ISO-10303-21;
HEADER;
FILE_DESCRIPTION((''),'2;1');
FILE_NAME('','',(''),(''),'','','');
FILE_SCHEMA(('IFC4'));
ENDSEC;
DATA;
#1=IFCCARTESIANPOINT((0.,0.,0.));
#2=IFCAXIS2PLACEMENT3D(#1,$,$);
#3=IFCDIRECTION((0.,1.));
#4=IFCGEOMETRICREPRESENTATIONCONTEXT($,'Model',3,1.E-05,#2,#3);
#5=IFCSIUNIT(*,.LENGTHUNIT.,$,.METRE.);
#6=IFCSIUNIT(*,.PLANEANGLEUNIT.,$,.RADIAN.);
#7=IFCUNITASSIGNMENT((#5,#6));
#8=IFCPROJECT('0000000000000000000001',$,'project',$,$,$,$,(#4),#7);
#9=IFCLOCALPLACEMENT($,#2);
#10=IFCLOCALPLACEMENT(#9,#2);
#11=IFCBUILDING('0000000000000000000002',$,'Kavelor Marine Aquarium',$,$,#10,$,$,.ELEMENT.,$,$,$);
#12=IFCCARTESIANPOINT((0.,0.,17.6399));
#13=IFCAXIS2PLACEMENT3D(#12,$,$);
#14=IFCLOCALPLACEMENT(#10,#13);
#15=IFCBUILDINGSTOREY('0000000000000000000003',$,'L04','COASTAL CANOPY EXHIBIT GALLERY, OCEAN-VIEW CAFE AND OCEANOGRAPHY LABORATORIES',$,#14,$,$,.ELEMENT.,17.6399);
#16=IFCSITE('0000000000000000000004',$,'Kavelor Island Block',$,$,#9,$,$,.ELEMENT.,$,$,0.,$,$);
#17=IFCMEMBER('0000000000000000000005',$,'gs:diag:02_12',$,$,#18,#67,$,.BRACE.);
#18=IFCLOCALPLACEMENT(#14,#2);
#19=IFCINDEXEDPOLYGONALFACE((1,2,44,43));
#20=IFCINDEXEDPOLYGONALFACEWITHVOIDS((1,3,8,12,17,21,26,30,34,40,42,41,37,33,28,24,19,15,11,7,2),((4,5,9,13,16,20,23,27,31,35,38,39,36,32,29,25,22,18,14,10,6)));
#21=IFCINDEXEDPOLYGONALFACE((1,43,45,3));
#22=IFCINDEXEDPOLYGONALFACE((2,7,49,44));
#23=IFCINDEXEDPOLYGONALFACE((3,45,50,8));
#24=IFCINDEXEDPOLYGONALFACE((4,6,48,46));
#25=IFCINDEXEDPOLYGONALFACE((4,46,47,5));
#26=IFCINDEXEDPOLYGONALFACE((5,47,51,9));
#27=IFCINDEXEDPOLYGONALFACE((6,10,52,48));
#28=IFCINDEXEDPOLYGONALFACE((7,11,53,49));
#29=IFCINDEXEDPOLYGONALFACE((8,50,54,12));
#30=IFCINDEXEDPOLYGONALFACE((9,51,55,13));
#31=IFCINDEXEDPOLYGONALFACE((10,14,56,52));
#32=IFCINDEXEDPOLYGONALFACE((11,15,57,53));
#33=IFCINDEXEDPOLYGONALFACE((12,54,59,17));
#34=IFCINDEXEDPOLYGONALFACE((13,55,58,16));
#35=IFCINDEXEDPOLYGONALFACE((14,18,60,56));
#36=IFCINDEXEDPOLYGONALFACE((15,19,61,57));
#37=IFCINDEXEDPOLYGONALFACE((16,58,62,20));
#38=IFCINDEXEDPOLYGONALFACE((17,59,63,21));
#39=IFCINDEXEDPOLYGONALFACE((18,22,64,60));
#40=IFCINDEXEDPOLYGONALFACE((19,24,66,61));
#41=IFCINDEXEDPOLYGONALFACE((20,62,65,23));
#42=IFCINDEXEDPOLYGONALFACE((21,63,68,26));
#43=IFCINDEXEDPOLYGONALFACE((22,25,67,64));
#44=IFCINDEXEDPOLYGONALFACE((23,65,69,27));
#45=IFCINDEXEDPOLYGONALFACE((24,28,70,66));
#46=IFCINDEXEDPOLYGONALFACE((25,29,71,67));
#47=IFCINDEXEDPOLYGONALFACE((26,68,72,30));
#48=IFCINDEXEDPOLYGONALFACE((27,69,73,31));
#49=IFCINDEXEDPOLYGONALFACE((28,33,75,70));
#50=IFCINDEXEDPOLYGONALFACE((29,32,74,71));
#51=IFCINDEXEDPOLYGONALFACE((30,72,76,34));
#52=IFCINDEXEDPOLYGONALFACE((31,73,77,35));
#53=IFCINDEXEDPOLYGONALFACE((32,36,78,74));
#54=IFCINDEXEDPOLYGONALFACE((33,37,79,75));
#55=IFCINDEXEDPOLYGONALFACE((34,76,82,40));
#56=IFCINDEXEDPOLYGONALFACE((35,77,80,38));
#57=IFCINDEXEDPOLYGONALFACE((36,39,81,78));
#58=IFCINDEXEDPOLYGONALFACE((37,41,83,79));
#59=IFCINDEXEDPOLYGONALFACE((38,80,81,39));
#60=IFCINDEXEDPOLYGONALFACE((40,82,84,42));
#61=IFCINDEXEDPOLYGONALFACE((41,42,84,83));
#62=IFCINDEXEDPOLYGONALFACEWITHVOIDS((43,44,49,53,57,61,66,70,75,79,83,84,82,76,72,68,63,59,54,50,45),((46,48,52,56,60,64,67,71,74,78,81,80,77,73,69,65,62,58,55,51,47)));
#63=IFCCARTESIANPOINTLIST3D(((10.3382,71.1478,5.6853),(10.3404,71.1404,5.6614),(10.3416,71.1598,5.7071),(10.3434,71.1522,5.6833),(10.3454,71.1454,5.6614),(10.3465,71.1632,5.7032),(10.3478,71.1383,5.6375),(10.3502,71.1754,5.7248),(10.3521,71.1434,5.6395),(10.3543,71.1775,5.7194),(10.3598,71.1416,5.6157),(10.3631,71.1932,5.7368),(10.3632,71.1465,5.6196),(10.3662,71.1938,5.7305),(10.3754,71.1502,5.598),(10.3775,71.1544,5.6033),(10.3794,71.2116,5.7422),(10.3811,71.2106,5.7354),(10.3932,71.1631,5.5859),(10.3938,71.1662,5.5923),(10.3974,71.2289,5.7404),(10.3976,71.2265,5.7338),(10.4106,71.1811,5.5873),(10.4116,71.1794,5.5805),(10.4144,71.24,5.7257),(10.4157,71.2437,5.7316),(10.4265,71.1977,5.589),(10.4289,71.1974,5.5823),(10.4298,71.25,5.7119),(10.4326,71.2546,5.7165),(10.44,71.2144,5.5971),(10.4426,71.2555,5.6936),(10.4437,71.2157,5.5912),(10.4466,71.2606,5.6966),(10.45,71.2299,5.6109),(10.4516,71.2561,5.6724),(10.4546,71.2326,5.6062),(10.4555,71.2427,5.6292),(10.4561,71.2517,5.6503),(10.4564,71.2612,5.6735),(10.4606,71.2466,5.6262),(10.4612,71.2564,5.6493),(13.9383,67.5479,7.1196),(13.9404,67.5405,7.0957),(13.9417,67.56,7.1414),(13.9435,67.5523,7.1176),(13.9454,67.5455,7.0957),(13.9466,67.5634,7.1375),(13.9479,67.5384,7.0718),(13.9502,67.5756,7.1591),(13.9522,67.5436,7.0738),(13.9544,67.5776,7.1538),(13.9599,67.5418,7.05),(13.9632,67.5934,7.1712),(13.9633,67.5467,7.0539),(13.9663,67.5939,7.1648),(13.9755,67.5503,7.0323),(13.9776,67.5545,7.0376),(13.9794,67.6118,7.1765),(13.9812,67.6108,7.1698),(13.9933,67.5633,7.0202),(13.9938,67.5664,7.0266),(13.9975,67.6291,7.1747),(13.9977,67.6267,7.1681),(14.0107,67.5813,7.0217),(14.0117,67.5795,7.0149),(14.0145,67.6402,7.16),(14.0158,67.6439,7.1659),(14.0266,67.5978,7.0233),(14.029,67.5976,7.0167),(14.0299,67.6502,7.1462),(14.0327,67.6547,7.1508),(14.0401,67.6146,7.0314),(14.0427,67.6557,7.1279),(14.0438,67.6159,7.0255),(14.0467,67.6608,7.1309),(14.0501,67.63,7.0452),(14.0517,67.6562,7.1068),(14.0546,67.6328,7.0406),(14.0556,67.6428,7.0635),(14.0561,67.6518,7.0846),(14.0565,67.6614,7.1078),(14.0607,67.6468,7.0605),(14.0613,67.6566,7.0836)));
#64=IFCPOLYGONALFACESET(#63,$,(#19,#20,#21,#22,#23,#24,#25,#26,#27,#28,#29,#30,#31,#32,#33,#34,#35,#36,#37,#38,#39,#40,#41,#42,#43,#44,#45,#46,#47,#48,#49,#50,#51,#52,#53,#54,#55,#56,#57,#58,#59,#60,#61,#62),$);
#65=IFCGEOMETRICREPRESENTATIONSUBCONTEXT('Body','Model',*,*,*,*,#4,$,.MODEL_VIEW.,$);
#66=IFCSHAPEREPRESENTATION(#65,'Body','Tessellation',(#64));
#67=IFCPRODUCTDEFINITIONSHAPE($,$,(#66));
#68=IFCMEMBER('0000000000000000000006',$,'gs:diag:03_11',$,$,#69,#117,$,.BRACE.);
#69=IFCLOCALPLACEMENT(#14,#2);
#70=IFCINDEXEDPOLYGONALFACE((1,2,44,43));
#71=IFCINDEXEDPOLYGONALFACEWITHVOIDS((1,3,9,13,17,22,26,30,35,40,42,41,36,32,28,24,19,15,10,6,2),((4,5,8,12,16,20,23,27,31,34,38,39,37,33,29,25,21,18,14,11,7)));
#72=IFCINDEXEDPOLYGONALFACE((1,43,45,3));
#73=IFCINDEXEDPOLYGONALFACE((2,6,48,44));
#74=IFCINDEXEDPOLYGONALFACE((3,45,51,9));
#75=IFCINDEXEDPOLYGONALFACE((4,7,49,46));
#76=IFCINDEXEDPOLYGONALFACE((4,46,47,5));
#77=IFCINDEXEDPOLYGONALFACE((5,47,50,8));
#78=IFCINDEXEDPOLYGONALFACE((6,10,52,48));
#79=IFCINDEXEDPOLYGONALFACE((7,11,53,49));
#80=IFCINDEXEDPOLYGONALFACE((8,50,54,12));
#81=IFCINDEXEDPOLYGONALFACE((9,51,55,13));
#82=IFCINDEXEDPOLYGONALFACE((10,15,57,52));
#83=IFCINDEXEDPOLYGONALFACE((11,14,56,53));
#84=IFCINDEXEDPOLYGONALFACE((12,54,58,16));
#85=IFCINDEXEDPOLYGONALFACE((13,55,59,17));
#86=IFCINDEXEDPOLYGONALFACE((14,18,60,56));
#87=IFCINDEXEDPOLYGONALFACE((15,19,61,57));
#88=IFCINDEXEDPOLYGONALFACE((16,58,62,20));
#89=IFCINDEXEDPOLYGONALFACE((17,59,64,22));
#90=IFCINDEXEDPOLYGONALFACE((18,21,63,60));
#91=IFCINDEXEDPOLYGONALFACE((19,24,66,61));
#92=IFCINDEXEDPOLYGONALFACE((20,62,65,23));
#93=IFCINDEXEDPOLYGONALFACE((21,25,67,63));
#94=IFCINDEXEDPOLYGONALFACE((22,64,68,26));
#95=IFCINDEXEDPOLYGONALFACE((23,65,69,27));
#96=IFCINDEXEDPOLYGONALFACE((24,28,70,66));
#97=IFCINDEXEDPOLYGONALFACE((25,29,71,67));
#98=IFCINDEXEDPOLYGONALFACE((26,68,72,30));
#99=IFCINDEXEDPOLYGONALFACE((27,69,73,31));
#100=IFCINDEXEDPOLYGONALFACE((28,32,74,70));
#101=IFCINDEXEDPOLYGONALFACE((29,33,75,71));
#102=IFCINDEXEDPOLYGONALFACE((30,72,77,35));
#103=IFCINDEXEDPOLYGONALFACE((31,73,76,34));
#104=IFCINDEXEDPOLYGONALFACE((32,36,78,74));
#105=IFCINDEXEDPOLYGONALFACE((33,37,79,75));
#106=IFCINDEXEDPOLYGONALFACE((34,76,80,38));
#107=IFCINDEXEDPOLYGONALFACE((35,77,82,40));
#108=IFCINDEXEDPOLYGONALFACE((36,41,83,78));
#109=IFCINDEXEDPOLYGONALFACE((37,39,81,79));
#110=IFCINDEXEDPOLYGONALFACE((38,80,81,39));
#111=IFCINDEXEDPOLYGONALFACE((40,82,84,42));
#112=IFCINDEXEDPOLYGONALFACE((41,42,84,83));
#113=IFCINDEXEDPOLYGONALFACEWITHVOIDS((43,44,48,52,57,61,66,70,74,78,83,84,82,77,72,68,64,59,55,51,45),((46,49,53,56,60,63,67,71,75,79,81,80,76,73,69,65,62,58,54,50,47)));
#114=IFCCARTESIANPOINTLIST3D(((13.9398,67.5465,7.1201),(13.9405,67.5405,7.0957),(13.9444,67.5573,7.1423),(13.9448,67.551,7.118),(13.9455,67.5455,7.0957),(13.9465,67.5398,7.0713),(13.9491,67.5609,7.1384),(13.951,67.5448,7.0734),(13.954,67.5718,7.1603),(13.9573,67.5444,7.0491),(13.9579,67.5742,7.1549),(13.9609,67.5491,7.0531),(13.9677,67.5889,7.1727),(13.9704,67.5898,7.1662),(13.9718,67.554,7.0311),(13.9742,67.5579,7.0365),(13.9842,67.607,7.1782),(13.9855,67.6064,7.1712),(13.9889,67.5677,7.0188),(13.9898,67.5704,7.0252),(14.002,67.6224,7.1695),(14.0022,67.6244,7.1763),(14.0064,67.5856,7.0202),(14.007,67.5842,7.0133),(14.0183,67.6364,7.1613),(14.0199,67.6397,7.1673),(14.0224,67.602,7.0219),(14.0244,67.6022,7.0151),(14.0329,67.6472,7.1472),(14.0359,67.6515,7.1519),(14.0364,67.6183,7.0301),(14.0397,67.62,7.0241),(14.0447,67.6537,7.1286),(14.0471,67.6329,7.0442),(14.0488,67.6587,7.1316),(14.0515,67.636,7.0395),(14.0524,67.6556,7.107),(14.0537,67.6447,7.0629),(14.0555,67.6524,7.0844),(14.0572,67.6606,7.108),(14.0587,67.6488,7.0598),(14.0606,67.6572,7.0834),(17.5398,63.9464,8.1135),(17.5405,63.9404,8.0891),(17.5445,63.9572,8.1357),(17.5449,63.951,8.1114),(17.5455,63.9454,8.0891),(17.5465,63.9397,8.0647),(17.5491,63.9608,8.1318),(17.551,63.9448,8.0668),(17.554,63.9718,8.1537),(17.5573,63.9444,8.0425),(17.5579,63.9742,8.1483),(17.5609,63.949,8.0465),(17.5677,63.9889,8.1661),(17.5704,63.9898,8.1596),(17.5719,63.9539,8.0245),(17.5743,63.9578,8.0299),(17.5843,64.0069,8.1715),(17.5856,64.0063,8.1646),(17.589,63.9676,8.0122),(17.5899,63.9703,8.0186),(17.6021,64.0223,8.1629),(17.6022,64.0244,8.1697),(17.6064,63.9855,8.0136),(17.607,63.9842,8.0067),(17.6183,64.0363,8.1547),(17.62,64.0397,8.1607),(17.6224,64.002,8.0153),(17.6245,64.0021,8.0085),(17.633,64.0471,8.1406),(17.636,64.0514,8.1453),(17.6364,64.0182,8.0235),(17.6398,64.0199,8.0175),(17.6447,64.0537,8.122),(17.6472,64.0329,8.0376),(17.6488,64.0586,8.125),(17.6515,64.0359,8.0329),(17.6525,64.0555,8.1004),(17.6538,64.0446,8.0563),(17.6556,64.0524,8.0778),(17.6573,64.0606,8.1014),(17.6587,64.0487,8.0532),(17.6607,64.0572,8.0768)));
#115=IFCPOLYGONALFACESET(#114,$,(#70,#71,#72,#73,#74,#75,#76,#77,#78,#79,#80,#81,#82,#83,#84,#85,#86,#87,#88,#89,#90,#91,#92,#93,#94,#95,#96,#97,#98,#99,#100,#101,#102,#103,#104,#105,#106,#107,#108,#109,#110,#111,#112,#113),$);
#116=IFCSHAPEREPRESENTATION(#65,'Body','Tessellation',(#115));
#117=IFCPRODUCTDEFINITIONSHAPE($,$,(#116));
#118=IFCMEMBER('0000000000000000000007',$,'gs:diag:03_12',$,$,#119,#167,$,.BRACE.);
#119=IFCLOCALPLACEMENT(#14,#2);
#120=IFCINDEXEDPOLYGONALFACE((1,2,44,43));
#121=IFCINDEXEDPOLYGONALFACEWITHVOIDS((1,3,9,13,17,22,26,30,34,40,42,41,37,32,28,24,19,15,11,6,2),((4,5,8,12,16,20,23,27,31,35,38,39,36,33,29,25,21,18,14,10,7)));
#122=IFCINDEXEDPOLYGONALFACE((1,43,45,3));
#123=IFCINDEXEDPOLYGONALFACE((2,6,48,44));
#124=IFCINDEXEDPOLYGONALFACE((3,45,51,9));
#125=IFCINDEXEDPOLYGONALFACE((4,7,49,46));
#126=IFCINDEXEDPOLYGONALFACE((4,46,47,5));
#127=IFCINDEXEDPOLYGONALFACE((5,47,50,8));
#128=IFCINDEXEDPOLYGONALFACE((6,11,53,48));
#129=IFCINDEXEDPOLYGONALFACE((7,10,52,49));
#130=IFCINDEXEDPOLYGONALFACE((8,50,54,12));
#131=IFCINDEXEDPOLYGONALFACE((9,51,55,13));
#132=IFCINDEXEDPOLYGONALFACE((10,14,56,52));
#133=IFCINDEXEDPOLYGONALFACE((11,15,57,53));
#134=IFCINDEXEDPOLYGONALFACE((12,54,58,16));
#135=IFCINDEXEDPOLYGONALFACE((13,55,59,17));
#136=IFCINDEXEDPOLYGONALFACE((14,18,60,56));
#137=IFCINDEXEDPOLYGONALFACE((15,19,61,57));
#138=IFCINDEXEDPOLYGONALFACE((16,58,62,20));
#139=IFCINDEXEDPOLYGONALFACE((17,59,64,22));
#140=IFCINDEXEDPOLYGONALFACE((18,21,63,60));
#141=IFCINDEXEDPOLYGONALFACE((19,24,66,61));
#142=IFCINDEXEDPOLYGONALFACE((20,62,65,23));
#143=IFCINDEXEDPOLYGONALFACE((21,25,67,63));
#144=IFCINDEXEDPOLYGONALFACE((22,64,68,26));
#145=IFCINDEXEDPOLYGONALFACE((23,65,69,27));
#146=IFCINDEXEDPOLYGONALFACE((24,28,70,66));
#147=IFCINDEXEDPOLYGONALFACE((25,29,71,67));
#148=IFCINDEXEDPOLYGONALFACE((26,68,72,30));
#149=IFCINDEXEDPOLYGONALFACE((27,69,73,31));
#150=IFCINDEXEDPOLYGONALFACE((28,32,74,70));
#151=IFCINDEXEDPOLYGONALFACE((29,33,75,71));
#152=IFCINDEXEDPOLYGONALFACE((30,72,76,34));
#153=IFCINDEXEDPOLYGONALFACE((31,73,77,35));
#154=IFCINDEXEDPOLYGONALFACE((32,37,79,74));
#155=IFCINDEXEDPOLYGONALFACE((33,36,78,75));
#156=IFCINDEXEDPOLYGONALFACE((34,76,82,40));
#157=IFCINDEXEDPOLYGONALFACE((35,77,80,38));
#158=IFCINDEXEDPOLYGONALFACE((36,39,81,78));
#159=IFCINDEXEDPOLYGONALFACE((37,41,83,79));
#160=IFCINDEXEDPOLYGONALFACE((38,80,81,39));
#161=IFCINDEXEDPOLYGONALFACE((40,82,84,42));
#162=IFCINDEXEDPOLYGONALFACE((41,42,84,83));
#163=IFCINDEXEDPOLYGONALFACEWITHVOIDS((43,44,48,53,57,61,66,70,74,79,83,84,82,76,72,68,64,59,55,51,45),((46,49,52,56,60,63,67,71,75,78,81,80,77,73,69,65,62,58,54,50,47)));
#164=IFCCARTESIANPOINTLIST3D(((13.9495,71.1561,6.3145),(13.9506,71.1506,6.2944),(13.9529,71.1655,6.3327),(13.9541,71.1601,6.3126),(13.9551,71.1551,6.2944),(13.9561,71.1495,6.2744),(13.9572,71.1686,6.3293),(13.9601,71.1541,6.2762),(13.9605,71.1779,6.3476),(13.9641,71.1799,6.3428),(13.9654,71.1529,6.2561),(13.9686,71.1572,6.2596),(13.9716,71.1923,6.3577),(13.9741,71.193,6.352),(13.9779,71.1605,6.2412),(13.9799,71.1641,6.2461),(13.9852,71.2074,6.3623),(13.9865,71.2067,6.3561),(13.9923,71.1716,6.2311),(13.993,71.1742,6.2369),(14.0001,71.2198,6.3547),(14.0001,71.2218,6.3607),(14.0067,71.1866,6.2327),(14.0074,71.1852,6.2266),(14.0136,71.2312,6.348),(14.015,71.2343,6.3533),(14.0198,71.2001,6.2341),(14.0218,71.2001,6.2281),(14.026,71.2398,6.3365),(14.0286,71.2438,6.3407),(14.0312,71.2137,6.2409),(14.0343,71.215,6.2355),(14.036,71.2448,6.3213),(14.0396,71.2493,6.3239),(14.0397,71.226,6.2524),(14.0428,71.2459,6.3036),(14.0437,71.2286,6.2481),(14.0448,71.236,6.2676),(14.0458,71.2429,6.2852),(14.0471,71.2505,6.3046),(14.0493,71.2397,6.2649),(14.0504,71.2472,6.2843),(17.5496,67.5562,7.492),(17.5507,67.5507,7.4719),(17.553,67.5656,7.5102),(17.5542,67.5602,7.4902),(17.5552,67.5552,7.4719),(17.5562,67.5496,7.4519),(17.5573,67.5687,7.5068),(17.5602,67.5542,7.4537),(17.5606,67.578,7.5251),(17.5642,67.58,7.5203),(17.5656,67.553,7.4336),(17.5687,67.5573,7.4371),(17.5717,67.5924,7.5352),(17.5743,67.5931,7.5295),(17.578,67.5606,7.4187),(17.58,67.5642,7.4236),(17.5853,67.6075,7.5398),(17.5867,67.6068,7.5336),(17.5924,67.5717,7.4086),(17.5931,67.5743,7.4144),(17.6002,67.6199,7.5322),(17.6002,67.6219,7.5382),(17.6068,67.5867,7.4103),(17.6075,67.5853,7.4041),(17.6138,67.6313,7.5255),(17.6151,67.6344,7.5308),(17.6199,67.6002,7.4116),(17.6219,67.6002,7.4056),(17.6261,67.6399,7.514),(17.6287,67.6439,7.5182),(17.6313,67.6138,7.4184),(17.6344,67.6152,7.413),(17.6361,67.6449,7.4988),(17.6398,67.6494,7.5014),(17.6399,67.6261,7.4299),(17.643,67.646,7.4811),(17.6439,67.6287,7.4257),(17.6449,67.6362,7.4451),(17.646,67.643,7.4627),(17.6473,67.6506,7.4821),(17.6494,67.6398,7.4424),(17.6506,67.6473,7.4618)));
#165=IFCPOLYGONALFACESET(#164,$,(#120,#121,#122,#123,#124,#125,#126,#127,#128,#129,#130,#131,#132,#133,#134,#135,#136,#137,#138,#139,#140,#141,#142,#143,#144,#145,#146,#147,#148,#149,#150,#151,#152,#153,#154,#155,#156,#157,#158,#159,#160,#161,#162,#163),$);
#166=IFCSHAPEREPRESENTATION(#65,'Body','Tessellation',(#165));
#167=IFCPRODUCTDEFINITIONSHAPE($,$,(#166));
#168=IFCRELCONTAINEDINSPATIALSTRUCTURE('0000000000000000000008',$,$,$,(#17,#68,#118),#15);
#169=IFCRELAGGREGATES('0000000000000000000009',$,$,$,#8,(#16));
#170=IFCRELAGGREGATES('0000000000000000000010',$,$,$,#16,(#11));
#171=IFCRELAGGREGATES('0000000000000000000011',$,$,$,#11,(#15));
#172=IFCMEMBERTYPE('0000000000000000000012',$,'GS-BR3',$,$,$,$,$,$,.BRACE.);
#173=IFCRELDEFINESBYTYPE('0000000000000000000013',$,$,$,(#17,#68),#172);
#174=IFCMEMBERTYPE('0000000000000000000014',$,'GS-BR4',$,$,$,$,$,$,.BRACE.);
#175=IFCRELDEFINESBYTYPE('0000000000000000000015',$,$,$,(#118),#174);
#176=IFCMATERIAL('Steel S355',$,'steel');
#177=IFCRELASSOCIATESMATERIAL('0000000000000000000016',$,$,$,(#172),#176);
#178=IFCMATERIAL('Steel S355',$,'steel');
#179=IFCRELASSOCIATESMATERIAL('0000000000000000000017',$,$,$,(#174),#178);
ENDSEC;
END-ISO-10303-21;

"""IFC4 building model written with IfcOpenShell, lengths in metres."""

from ifc_helpers import new_model, si_unit, direction, frame, origin, origin_2d, place, context, subcontext, project, spatial, hollow_circle, extrude, material, material_profile, profile_set, type_object, element, save


model = new_model("IFC4")

# Units and contexts
model_context = context("Model", 3, precision=1e-05, world=origin(), true_north=direction((0.0, 1.0)))
body_context = subcontext(model_context, "Body", "Model", "MODEL_VIEW")
ifc_project = project(units=[si_unit("LENGTHUNIT", "METRE"), si_unit("PLANEANGLEUNIT", "RADIAN")], contexts=[model_context])

# Site, building, storey
site_placement = place(None, origin())
site = spatial("IfcSite", under=ifc_project, at=site_placement, Name="Kavelor Island Block", CompositionType="ELEMENT", RefElevation=0.0)
building_placement = place(site_placement, origin())
building = spatial("IfcBuilding", under=site, at=building_placement, Name="Kavelor Marine Aquarium", CompositionType="ELEMENT")
storey_placement = place(building_placement, frame((0.0, 0.0, 17.6399)))
storey = spatial("IfcBuildingStorey", under=building, at=storey_placement, Name="L04", Description="COASTAL CANOPY EXHIBIT GALLERY, OCEAN-VIEW CAFE AND OCEANOGRAPHY LABORATORIES", CompositionType="ELEMENT", Elevation=17.6399)

# Members
ifc_material_1 = material(Name="Steel S355", Category="steel")
ifc_material_profile_1 = material_profile(ifc_material_1, hollow_circle(Radius=0.0842, WallThickness=0.0071, at=origin_2d()), Name="CHS 168.3x7.1")
ifc_profile_set_1 = profile_set([ifc_material_profile_1], Name="Steel S355")
member_type_1 = type_object("IfcMemberType", Name="GS-BR3", PredefinedType="BRACE", material=ifc_profile_set_1)
member_1_placement = place(storey_placement, frame((14.0, 67.6001, 7.0957), z_axis=(-0.680635, 0.680589, -0.271174), x_axis=(-0.707083, -0.707131, 0.0)))
element("IfcMember", 1, at=member_1_placement, inside=storey, type_object=member_type_1, Name="gs:diag:02_12", PredefinedType="BRACE", context=body_context, shape_type="SweptSolid", body=[
    extrude(hollow_circle(Radius=0.0842, WallThickness=0.0071, at=origin_2d()), origin(), (0.0, 0.0, 1.0), 5.2893),
])
member_2_placement = place(storey_placement, frame((17.6001, 64.0, 8.0891), z_axis=(-0.694019, 0.694019, -0.191507), x_axis=(-0.707107, -0.707107, 0.0)))
element("IfcMember", 2, at=member_2_placement, inside=storey, type_object=member_type_1, Name="gs:diag:03_11", PredefinedType="BRACE", context=body_context, shape_type="SweptSolid", body=[
    extrude(hollow_circle(Radius=0.0842, WallThickness=0.0071, at=origin_2d()), origin(), (0.0, 0.0, 1.0), 5.1873),
])
ifc_material_2 = material(Name="Steel S355", Category="steel")
ifc_material_profile_2 = material_profile(ifc_material_2, hollow_circle(Radius=0.0698, WallThickness=0.0063, at=origin_2d()), Name="CHS 139.7x6.3")
ifc_profile_set_2 = profile_set([ifc_material_profile_2], Name="Steel S355")
member_type_2 = type_object("IfcMemberType", Name="GS-BR4", PredefinedType="BRACE", material=ifc_profile_set_2)
member_3_placement = place(storey_placement, frame((17.6001, 67.6001, 7.4719), z_axis=(-0.688944, 0.688898, -0.225334), x_axis=(-0.707083, -0.707131, 0.0)))
element("IfcMember", 3, at=member_3_placement, inside=storey, type_object=member_type_2, Name="gs:diag:03_12", PredefinedType="BRACE", context=body_context, shape_type="SweptSolid", body=[
    extrude(hollow_circle(Radius=0.0698, WallThickness=0.0063, at=origin_2d()), origin(), (0.0, 0.0, 1.0), 5.2256),
])

save(model, "model.ifc")
